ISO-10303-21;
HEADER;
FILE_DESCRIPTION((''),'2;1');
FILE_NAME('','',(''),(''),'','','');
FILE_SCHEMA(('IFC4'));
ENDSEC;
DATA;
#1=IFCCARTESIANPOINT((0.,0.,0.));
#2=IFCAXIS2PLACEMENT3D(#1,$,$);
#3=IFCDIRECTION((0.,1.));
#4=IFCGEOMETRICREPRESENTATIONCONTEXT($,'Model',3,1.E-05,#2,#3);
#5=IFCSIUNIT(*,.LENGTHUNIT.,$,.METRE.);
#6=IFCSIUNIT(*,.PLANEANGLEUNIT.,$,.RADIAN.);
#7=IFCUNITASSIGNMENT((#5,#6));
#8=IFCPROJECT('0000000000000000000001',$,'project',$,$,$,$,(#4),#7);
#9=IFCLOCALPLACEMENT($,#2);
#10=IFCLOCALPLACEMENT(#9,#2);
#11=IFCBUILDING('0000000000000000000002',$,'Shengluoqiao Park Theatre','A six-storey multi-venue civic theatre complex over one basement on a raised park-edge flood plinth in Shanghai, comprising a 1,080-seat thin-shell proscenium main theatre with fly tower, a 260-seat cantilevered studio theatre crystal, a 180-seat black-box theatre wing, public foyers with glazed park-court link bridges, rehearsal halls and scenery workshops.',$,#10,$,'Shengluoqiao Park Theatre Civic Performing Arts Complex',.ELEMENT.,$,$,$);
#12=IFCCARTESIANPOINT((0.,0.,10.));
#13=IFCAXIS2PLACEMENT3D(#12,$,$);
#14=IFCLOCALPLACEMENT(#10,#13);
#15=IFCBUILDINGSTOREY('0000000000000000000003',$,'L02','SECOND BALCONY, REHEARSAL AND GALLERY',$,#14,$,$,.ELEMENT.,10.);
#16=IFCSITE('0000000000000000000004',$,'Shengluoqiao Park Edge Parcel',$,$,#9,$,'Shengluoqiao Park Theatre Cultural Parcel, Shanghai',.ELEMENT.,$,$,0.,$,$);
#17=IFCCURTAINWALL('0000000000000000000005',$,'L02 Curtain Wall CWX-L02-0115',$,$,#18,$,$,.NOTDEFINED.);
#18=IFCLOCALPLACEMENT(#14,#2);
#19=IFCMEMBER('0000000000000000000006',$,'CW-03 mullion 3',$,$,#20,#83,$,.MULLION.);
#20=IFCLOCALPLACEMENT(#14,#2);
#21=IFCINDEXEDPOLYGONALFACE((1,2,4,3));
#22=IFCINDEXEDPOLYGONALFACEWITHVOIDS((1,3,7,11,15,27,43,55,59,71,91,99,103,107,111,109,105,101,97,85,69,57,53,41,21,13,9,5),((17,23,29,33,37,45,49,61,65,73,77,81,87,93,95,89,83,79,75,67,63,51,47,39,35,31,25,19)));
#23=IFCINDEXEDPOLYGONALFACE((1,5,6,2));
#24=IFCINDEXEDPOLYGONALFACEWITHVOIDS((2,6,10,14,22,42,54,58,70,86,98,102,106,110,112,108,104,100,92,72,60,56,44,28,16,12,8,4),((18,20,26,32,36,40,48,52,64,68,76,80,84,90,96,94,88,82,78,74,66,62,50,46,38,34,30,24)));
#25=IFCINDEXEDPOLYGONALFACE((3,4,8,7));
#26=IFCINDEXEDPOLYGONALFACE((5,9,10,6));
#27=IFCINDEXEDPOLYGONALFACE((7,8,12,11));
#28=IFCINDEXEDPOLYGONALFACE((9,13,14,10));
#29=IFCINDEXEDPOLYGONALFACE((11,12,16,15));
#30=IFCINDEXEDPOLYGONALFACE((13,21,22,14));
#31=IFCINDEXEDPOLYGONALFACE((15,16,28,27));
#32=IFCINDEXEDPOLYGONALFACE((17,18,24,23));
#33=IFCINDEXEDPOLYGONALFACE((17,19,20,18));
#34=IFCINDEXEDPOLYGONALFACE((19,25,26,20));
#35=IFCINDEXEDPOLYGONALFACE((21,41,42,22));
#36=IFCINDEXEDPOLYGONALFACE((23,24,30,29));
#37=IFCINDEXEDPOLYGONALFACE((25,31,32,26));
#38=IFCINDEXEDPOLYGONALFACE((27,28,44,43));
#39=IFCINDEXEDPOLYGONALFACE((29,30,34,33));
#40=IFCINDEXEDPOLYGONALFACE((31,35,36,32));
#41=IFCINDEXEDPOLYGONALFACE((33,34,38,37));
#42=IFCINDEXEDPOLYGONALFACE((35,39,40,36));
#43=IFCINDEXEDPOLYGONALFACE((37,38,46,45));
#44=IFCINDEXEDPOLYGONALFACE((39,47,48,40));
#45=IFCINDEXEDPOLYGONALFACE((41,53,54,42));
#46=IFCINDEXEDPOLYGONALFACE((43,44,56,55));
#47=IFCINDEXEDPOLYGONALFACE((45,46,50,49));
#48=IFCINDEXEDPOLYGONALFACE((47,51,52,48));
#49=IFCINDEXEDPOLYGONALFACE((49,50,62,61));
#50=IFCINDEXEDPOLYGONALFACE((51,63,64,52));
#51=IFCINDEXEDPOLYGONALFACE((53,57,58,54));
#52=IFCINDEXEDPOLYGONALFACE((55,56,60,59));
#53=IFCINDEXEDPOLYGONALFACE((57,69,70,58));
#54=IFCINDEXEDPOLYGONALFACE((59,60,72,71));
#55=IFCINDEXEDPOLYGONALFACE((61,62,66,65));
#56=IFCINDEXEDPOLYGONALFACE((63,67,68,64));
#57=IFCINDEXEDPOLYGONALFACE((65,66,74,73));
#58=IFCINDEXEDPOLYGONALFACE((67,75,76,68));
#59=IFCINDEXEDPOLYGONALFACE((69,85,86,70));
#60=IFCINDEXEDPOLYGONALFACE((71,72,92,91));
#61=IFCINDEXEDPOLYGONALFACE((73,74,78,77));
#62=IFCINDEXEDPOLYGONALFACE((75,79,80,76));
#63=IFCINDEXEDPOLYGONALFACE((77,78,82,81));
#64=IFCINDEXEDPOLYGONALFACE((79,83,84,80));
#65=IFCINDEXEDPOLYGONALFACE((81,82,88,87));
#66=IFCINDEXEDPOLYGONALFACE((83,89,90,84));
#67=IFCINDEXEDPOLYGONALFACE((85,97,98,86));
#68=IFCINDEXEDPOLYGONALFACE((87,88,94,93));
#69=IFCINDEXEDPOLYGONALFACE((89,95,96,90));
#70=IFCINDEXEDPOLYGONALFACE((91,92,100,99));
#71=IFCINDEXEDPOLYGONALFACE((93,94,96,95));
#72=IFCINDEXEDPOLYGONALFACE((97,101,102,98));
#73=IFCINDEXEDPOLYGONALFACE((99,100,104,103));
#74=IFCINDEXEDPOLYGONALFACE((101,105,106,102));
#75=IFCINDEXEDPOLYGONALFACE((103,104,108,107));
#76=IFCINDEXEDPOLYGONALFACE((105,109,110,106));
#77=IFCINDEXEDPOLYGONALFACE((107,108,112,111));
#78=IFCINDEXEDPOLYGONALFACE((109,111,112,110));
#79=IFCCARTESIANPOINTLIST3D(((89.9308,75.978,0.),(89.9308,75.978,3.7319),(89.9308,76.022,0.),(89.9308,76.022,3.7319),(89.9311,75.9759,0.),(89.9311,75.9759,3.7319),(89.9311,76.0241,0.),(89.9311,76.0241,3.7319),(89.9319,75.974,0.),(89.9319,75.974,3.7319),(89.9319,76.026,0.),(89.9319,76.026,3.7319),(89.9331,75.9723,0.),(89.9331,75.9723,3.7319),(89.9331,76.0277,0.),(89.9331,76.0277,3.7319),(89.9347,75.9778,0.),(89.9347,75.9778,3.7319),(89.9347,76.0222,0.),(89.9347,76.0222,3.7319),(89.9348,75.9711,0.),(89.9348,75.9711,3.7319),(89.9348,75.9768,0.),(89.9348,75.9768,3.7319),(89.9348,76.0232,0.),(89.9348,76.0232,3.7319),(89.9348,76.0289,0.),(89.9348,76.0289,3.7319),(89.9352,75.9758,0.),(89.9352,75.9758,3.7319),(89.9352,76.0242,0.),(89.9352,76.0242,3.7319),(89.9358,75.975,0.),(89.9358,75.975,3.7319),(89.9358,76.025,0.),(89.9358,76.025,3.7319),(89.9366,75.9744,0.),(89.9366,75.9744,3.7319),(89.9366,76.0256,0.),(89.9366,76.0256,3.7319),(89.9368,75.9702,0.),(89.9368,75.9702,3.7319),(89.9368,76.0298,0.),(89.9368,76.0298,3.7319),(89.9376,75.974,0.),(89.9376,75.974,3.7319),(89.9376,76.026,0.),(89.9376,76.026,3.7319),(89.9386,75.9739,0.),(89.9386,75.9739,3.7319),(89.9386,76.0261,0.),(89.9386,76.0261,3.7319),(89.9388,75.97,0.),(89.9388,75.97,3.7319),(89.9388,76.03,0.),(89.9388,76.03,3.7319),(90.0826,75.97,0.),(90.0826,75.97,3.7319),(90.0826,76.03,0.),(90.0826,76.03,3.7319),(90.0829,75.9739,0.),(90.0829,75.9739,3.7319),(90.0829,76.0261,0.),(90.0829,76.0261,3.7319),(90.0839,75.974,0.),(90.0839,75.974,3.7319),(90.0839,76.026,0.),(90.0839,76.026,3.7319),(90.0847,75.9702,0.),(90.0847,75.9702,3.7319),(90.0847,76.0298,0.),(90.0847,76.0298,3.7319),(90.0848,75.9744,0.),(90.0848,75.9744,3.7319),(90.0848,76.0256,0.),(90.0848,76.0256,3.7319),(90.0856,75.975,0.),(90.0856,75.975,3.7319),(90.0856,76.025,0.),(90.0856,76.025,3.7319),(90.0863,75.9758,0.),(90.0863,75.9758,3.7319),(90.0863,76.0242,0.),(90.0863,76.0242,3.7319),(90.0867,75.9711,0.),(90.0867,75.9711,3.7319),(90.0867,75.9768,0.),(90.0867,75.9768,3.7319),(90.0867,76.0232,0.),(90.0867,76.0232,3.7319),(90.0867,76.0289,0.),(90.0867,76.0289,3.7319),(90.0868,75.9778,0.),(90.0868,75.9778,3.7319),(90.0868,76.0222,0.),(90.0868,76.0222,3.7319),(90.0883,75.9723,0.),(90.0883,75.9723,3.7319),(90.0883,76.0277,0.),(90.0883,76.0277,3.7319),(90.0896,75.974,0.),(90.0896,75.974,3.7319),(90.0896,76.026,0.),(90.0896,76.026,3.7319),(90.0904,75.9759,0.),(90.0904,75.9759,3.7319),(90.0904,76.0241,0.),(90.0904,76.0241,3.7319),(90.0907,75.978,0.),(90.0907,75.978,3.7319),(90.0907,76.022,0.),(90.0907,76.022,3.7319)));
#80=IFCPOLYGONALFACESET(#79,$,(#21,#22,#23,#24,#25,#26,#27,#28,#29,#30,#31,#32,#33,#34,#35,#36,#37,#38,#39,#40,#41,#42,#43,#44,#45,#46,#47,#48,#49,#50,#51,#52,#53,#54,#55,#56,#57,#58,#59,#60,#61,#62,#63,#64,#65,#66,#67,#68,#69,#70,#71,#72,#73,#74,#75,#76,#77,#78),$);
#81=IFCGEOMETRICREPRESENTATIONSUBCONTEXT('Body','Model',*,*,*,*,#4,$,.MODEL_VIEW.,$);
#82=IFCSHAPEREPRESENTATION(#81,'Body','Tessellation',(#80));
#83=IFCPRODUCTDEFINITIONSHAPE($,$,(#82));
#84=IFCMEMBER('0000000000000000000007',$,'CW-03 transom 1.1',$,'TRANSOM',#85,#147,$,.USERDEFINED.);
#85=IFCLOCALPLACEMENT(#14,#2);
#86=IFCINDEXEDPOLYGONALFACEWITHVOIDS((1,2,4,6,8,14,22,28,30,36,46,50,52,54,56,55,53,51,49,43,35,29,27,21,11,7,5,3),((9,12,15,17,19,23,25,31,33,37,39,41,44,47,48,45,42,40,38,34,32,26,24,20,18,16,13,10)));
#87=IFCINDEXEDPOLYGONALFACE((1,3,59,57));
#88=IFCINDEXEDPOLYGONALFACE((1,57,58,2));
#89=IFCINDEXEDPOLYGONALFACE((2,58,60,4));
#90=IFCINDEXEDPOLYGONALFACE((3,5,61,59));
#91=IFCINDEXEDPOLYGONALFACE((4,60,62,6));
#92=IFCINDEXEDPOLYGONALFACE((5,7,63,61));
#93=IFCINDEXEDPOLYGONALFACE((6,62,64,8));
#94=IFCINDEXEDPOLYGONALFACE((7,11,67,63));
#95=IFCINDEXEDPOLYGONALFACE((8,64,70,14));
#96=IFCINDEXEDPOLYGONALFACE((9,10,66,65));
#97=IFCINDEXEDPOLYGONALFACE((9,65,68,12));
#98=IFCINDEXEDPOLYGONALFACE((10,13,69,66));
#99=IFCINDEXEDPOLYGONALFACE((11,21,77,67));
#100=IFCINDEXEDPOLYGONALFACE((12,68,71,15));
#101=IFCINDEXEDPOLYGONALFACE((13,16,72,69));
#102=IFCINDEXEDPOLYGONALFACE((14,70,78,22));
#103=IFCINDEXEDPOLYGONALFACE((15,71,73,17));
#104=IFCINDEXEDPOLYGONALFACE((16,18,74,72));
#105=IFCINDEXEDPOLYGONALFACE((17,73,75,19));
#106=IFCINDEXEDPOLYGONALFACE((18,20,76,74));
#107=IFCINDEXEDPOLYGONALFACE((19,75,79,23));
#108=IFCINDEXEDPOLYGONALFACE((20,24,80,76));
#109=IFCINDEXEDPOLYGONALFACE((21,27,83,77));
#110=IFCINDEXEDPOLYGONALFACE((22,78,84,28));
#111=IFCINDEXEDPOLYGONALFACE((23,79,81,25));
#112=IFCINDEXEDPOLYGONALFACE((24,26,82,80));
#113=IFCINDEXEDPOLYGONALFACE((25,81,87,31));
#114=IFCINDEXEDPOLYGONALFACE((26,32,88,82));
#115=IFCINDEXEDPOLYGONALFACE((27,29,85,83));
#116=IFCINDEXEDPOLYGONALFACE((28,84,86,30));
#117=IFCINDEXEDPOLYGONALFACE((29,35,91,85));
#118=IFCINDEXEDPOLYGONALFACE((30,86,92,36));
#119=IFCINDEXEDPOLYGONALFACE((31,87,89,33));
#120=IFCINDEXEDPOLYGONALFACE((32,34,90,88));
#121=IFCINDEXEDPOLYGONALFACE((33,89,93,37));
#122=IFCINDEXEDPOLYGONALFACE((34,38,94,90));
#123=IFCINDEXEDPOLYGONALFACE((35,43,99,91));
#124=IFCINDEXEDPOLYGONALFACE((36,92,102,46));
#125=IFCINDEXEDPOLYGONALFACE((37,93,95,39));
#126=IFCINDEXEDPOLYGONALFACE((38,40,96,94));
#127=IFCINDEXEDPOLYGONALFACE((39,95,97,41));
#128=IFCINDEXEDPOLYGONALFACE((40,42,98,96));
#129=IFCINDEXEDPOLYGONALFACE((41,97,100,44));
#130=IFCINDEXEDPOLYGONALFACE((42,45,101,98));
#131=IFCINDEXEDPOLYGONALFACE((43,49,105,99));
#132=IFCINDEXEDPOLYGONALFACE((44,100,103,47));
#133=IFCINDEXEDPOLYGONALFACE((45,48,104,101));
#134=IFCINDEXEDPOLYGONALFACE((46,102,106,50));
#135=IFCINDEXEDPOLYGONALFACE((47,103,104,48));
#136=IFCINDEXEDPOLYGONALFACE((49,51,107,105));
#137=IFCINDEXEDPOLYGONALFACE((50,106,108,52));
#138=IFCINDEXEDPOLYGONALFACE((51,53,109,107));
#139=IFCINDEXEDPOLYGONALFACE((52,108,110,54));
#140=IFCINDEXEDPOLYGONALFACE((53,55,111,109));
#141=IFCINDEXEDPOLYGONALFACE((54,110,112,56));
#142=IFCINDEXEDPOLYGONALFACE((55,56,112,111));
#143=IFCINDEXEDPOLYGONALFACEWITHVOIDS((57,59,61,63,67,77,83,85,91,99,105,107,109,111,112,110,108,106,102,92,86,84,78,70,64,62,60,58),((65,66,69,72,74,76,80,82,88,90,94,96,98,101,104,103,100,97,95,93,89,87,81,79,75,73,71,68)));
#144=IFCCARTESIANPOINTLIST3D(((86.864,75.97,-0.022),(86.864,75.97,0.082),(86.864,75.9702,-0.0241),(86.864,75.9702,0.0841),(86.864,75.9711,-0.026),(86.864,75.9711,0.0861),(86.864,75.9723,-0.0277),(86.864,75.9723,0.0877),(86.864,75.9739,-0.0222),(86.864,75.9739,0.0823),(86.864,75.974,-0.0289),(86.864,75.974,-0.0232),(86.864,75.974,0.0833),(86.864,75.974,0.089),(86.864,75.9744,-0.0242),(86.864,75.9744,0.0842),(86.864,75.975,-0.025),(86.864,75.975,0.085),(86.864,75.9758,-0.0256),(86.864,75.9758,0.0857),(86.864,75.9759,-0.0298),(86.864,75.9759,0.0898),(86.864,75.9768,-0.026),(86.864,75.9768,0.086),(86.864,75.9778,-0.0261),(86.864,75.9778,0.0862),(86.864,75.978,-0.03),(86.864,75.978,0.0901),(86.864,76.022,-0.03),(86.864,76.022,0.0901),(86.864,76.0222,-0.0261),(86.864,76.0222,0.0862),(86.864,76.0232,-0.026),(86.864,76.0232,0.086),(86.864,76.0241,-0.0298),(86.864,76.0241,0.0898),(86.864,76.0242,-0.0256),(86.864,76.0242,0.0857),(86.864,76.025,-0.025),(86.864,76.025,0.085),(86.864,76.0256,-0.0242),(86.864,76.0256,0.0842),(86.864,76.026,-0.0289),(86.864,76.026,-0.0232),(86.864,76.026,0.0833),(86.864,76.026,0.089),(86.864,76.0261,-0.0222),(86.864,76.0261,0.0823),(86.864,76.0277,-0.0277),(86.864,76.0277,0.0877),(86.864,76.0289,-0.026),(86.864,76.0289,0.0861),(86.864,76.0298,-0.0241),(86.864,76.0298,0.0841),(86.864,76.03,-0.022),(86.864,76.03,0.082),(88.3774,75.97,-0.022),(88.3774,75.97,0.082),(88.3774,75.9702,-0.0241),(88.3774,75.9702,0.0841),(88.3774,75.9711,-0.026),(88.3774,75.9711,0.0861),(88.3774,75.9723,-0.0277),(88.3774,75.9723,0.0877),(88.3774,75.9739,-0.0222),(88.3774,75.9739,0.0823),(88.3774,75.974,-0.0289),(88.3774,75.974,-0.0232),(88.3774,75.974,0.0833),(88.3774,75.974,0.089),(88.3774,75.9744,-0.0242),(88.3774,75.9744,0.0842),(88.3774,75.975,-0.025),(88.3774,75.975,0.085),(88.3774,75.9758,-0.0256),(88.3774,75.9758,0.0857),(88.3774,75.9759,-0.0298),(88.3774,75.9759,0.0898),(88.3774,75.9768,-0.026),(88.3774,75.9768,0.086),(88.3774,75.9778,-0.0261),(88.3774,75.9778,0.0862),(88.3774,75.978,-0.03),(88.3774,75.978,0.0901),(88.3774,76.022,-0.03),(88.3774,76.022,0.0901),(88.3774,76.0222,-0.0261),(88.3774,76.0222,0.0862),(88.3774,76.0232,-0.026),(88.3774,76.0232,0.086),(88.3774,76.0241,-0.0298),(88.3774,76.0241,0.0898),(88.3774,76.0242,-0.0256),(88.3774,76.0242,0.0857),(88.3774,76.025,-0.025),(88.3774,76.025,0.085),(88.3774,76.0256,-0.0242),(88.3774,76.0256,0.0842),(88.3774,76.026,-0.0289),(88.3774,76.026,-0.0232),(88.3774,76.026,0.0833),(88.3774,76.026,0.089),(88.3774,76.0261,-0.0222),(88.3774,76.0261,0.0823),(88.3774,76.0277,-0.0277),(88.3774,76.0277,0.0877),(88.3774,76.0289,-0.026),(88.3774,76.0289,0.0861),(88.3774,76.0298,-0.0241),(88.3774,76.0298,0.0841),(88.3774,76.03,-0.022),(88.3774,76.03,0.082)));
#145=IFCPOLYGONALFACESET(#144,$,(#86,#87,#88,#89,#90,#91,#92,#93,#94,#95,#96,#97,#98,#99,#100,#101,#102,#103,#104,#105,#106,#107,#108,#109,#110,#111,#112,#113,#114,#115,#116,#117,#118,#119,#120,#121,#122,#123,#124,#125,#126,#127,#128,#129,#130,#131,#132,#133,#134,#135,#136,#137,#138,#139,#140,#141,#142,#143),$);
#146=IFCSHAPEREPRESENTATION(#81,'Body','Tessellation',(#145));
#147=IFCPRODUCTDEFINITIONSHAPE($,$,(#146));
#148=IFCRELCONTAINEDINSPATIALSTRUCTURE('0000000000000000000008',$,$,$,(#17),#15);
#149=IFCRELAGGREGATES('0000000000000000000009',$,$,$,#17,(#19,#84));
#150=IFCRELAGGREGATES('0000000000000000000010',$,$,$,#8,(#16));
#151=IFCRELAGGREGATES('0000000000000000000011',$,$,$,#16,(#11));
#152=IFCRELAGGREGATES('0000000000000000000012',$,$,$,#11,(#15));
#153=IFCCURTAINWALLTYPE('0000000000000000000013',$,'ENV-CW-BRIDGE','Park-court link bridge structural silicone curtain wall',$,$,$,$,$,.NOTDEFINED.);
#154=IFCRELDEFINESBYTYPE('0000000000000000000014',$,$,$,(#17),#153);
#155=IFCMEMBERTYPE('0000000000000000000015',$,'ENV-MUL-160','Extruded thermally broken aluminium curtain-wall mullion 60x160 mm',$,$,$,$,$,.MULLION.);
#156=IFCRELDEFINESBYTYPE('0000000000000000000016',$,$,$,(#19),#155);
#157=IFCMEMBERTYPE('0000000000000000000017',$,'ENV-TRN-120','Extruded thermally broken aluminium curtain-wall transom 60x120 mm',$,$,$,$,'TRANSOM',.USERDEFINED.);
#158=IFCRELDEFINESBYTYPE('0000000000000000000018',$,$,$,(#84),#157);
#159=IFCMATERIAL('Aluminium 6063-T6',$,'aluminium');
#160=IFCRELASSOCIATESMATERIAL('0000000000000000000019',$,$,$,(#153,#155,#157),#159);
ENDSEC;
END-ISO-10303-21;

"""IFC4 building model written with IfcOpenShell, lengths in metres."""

from ifc_helpers import new_model, si_unit, direction, frame, origin, origin_2d, place, context, subcontext, project, spatial, hollow_rectangle, extrude, material, material_profile, profile_set, type_object, element, aggregate, save


model = new_model("IFC4")

# Units and contexts
model_context = context("Model", 3, precision=1e-05, world=origin(), true_north=direction((0.0, 1.0)))
body_context = subcontext(model_context, "Body", "Model", "MODEL_VIEW")
ifc_project = project(units=[si_unit("LENGTHUNIT", "METRE"), si_unit("PLANEANGLEUNIT", "RADIAN")], contexts=[model_context])

# Site, building, storey
site_placement = place(None, origin())
site = spatial("IfcSite", under=ifc_project, at=site_placement, Name="Shengluoqiao Park Edge Parcel", LongName="Shengluoqiao Park Theatre Cultural Parcel, Shanghai", CompositionType="ELEMENT", RefElevation=0.0)
building_placement = place(site_placement, origin())
building = spatial("IfcBuilding", under=site, at=building_placement, Name="Shengluoqiao Park Theatre", Description="A six-storey multi-venue civic theatre complex over one basement on a raised park-edge flood plinth in Shanghai, comprising a 1,080-seat thin-shell proscenium main theatre with fly tower, a 260-seat cantilevered studio theatre crystal, a 180-seat black-box theatre wing, public foyers with glazed park-court link bridges, rehearsal halls and scenery workshops.", LongName="Shengluoqiao Park Theatre Civic Performing Arts Complex", CompositionType="ELEMENT")
storey_placement = place(building_placement, frame((0.0, 0.0, 10.0)))
storey = spatial("IfcBuildingStorey", under=building, at=storey_placement, Name="L02", Description="SECOND BALCONY, REHEARSAL AND GALLERY", CompositionType="ELEMENT", Elevation=10.0)

# Curtain wall, members
ifc_material_1 = material(Name="Aluminium 6063-T6", Category="aluminium")
curtain_wall_type = type_object("IfcCurtainWallType", Name="ENV-CW-BRIDGE", Description="Park-court link bridge structural silicone curtain wall", PredefinedType="NOTDEFINED", material=ifc_material_1)
curtain_wall_placement = place(storey_placement, origin())
curtain_wall = element("IfcCurtainWall", 1, at=curtain_wall_placement, inside=storey, type_object=curtain_wall_type, Name="L02 Curtain Wall CWX-L02-0115", PredefinedType="NOTDEFINED")
ifc_material_profile_1 = material_profile(ifc_material_1, hollow_rectangle(XDim=0.0601, YDim=0.1599, WallThickness=0.0039, InnerFilletRadius=0.0039, OuterFilletRadius=0.0081, at=origin_2d()), Name="ALU MULLION 160x60x4")
ifc_profile_set_1 = profile_set([ifc_material_profile_1], Name="Aluminium 6063-T6")
member_type_1 = type_object("IfcMemberType", Name="ENV-MUL-160", Description="Extruded thermally broken aluminium curtain-wall mullion 60x160 mm", PredefinedType="MULLION", material=ifc_profile_set_1)
member_1_placement = place(storey_placement, frame((90.0107, 76.0, 0.0), z_axis=(0.0, 0.0, 1.0), x_axis=(0.0, 1.0, 0.0)))
member_1 = element("IfcMember", 2, at=member_1_placement, type_object=member_type_1, Name="CW-03 mullion 3", PredefinedType="MULLION", context=body_context, shape_type="SweptSolid", body=[
    extrude(hollow_rectangle(XDim=0.0601, YDim=0.1599, WallThickness=0.0039, InnerFilletRadius=0.0039, OuterFilletRadius=0.0081, at=origin_2d()), origin(), (0.0, 0.0, 1.0), 3.7319),
])
ifc_material_profile_2 = material_profile(ifc_material_1, hollow_rectangle(XDim=0.0601, YDim=0.1201, WallThickness=0.0039, InnerFilletRadius=0.0039, OuterFilletRadius=0.0081, at=origin_2d()), Name="ALU TRANSOM 120x60x4")
ifc_profile_set_2 = profile_set([ifc_material_profile_2], Name="Aluminium 6063-T6")
member_type_2 = type_object("IfcMemberType", Name="ENV-TRN-120", Description="Extruded thermally broken aluminium curtain-wall transom 60x120 mm", ElementType="TRANSOM", PredefinedType="USERDEFINED", material=ifc_profile_set_2)
member_2_placement = place(storey_placement, frame((86.864, 76.0, 0.03), z_axis=(1.0, 0.0, 0.0), x_axis=(0.0, 1.0, 0.0)))
member_2 = element("IfcMember", 3, at=member_2_placement, type_object=member_type_2, Name="CW-03 transom 1.1", ObjectType="TRANSOM", PredefinedType="USERDEFINED", context=body_context, shape_type="SweptSolid", body=[
    extrude(hollow_rectangle(XDim=0.0601, YDim=0.1201, WallThickness=0.0039, InnerFilletRadius=0.0039, OuterFilletRadius=0.0081, at=origin_2d()), origin(), (0.0, 0.0, 1.0), 1.5134),
])

aggregate(curtain_wall, [member_1, member_2])

save(model, "model.ifc")
